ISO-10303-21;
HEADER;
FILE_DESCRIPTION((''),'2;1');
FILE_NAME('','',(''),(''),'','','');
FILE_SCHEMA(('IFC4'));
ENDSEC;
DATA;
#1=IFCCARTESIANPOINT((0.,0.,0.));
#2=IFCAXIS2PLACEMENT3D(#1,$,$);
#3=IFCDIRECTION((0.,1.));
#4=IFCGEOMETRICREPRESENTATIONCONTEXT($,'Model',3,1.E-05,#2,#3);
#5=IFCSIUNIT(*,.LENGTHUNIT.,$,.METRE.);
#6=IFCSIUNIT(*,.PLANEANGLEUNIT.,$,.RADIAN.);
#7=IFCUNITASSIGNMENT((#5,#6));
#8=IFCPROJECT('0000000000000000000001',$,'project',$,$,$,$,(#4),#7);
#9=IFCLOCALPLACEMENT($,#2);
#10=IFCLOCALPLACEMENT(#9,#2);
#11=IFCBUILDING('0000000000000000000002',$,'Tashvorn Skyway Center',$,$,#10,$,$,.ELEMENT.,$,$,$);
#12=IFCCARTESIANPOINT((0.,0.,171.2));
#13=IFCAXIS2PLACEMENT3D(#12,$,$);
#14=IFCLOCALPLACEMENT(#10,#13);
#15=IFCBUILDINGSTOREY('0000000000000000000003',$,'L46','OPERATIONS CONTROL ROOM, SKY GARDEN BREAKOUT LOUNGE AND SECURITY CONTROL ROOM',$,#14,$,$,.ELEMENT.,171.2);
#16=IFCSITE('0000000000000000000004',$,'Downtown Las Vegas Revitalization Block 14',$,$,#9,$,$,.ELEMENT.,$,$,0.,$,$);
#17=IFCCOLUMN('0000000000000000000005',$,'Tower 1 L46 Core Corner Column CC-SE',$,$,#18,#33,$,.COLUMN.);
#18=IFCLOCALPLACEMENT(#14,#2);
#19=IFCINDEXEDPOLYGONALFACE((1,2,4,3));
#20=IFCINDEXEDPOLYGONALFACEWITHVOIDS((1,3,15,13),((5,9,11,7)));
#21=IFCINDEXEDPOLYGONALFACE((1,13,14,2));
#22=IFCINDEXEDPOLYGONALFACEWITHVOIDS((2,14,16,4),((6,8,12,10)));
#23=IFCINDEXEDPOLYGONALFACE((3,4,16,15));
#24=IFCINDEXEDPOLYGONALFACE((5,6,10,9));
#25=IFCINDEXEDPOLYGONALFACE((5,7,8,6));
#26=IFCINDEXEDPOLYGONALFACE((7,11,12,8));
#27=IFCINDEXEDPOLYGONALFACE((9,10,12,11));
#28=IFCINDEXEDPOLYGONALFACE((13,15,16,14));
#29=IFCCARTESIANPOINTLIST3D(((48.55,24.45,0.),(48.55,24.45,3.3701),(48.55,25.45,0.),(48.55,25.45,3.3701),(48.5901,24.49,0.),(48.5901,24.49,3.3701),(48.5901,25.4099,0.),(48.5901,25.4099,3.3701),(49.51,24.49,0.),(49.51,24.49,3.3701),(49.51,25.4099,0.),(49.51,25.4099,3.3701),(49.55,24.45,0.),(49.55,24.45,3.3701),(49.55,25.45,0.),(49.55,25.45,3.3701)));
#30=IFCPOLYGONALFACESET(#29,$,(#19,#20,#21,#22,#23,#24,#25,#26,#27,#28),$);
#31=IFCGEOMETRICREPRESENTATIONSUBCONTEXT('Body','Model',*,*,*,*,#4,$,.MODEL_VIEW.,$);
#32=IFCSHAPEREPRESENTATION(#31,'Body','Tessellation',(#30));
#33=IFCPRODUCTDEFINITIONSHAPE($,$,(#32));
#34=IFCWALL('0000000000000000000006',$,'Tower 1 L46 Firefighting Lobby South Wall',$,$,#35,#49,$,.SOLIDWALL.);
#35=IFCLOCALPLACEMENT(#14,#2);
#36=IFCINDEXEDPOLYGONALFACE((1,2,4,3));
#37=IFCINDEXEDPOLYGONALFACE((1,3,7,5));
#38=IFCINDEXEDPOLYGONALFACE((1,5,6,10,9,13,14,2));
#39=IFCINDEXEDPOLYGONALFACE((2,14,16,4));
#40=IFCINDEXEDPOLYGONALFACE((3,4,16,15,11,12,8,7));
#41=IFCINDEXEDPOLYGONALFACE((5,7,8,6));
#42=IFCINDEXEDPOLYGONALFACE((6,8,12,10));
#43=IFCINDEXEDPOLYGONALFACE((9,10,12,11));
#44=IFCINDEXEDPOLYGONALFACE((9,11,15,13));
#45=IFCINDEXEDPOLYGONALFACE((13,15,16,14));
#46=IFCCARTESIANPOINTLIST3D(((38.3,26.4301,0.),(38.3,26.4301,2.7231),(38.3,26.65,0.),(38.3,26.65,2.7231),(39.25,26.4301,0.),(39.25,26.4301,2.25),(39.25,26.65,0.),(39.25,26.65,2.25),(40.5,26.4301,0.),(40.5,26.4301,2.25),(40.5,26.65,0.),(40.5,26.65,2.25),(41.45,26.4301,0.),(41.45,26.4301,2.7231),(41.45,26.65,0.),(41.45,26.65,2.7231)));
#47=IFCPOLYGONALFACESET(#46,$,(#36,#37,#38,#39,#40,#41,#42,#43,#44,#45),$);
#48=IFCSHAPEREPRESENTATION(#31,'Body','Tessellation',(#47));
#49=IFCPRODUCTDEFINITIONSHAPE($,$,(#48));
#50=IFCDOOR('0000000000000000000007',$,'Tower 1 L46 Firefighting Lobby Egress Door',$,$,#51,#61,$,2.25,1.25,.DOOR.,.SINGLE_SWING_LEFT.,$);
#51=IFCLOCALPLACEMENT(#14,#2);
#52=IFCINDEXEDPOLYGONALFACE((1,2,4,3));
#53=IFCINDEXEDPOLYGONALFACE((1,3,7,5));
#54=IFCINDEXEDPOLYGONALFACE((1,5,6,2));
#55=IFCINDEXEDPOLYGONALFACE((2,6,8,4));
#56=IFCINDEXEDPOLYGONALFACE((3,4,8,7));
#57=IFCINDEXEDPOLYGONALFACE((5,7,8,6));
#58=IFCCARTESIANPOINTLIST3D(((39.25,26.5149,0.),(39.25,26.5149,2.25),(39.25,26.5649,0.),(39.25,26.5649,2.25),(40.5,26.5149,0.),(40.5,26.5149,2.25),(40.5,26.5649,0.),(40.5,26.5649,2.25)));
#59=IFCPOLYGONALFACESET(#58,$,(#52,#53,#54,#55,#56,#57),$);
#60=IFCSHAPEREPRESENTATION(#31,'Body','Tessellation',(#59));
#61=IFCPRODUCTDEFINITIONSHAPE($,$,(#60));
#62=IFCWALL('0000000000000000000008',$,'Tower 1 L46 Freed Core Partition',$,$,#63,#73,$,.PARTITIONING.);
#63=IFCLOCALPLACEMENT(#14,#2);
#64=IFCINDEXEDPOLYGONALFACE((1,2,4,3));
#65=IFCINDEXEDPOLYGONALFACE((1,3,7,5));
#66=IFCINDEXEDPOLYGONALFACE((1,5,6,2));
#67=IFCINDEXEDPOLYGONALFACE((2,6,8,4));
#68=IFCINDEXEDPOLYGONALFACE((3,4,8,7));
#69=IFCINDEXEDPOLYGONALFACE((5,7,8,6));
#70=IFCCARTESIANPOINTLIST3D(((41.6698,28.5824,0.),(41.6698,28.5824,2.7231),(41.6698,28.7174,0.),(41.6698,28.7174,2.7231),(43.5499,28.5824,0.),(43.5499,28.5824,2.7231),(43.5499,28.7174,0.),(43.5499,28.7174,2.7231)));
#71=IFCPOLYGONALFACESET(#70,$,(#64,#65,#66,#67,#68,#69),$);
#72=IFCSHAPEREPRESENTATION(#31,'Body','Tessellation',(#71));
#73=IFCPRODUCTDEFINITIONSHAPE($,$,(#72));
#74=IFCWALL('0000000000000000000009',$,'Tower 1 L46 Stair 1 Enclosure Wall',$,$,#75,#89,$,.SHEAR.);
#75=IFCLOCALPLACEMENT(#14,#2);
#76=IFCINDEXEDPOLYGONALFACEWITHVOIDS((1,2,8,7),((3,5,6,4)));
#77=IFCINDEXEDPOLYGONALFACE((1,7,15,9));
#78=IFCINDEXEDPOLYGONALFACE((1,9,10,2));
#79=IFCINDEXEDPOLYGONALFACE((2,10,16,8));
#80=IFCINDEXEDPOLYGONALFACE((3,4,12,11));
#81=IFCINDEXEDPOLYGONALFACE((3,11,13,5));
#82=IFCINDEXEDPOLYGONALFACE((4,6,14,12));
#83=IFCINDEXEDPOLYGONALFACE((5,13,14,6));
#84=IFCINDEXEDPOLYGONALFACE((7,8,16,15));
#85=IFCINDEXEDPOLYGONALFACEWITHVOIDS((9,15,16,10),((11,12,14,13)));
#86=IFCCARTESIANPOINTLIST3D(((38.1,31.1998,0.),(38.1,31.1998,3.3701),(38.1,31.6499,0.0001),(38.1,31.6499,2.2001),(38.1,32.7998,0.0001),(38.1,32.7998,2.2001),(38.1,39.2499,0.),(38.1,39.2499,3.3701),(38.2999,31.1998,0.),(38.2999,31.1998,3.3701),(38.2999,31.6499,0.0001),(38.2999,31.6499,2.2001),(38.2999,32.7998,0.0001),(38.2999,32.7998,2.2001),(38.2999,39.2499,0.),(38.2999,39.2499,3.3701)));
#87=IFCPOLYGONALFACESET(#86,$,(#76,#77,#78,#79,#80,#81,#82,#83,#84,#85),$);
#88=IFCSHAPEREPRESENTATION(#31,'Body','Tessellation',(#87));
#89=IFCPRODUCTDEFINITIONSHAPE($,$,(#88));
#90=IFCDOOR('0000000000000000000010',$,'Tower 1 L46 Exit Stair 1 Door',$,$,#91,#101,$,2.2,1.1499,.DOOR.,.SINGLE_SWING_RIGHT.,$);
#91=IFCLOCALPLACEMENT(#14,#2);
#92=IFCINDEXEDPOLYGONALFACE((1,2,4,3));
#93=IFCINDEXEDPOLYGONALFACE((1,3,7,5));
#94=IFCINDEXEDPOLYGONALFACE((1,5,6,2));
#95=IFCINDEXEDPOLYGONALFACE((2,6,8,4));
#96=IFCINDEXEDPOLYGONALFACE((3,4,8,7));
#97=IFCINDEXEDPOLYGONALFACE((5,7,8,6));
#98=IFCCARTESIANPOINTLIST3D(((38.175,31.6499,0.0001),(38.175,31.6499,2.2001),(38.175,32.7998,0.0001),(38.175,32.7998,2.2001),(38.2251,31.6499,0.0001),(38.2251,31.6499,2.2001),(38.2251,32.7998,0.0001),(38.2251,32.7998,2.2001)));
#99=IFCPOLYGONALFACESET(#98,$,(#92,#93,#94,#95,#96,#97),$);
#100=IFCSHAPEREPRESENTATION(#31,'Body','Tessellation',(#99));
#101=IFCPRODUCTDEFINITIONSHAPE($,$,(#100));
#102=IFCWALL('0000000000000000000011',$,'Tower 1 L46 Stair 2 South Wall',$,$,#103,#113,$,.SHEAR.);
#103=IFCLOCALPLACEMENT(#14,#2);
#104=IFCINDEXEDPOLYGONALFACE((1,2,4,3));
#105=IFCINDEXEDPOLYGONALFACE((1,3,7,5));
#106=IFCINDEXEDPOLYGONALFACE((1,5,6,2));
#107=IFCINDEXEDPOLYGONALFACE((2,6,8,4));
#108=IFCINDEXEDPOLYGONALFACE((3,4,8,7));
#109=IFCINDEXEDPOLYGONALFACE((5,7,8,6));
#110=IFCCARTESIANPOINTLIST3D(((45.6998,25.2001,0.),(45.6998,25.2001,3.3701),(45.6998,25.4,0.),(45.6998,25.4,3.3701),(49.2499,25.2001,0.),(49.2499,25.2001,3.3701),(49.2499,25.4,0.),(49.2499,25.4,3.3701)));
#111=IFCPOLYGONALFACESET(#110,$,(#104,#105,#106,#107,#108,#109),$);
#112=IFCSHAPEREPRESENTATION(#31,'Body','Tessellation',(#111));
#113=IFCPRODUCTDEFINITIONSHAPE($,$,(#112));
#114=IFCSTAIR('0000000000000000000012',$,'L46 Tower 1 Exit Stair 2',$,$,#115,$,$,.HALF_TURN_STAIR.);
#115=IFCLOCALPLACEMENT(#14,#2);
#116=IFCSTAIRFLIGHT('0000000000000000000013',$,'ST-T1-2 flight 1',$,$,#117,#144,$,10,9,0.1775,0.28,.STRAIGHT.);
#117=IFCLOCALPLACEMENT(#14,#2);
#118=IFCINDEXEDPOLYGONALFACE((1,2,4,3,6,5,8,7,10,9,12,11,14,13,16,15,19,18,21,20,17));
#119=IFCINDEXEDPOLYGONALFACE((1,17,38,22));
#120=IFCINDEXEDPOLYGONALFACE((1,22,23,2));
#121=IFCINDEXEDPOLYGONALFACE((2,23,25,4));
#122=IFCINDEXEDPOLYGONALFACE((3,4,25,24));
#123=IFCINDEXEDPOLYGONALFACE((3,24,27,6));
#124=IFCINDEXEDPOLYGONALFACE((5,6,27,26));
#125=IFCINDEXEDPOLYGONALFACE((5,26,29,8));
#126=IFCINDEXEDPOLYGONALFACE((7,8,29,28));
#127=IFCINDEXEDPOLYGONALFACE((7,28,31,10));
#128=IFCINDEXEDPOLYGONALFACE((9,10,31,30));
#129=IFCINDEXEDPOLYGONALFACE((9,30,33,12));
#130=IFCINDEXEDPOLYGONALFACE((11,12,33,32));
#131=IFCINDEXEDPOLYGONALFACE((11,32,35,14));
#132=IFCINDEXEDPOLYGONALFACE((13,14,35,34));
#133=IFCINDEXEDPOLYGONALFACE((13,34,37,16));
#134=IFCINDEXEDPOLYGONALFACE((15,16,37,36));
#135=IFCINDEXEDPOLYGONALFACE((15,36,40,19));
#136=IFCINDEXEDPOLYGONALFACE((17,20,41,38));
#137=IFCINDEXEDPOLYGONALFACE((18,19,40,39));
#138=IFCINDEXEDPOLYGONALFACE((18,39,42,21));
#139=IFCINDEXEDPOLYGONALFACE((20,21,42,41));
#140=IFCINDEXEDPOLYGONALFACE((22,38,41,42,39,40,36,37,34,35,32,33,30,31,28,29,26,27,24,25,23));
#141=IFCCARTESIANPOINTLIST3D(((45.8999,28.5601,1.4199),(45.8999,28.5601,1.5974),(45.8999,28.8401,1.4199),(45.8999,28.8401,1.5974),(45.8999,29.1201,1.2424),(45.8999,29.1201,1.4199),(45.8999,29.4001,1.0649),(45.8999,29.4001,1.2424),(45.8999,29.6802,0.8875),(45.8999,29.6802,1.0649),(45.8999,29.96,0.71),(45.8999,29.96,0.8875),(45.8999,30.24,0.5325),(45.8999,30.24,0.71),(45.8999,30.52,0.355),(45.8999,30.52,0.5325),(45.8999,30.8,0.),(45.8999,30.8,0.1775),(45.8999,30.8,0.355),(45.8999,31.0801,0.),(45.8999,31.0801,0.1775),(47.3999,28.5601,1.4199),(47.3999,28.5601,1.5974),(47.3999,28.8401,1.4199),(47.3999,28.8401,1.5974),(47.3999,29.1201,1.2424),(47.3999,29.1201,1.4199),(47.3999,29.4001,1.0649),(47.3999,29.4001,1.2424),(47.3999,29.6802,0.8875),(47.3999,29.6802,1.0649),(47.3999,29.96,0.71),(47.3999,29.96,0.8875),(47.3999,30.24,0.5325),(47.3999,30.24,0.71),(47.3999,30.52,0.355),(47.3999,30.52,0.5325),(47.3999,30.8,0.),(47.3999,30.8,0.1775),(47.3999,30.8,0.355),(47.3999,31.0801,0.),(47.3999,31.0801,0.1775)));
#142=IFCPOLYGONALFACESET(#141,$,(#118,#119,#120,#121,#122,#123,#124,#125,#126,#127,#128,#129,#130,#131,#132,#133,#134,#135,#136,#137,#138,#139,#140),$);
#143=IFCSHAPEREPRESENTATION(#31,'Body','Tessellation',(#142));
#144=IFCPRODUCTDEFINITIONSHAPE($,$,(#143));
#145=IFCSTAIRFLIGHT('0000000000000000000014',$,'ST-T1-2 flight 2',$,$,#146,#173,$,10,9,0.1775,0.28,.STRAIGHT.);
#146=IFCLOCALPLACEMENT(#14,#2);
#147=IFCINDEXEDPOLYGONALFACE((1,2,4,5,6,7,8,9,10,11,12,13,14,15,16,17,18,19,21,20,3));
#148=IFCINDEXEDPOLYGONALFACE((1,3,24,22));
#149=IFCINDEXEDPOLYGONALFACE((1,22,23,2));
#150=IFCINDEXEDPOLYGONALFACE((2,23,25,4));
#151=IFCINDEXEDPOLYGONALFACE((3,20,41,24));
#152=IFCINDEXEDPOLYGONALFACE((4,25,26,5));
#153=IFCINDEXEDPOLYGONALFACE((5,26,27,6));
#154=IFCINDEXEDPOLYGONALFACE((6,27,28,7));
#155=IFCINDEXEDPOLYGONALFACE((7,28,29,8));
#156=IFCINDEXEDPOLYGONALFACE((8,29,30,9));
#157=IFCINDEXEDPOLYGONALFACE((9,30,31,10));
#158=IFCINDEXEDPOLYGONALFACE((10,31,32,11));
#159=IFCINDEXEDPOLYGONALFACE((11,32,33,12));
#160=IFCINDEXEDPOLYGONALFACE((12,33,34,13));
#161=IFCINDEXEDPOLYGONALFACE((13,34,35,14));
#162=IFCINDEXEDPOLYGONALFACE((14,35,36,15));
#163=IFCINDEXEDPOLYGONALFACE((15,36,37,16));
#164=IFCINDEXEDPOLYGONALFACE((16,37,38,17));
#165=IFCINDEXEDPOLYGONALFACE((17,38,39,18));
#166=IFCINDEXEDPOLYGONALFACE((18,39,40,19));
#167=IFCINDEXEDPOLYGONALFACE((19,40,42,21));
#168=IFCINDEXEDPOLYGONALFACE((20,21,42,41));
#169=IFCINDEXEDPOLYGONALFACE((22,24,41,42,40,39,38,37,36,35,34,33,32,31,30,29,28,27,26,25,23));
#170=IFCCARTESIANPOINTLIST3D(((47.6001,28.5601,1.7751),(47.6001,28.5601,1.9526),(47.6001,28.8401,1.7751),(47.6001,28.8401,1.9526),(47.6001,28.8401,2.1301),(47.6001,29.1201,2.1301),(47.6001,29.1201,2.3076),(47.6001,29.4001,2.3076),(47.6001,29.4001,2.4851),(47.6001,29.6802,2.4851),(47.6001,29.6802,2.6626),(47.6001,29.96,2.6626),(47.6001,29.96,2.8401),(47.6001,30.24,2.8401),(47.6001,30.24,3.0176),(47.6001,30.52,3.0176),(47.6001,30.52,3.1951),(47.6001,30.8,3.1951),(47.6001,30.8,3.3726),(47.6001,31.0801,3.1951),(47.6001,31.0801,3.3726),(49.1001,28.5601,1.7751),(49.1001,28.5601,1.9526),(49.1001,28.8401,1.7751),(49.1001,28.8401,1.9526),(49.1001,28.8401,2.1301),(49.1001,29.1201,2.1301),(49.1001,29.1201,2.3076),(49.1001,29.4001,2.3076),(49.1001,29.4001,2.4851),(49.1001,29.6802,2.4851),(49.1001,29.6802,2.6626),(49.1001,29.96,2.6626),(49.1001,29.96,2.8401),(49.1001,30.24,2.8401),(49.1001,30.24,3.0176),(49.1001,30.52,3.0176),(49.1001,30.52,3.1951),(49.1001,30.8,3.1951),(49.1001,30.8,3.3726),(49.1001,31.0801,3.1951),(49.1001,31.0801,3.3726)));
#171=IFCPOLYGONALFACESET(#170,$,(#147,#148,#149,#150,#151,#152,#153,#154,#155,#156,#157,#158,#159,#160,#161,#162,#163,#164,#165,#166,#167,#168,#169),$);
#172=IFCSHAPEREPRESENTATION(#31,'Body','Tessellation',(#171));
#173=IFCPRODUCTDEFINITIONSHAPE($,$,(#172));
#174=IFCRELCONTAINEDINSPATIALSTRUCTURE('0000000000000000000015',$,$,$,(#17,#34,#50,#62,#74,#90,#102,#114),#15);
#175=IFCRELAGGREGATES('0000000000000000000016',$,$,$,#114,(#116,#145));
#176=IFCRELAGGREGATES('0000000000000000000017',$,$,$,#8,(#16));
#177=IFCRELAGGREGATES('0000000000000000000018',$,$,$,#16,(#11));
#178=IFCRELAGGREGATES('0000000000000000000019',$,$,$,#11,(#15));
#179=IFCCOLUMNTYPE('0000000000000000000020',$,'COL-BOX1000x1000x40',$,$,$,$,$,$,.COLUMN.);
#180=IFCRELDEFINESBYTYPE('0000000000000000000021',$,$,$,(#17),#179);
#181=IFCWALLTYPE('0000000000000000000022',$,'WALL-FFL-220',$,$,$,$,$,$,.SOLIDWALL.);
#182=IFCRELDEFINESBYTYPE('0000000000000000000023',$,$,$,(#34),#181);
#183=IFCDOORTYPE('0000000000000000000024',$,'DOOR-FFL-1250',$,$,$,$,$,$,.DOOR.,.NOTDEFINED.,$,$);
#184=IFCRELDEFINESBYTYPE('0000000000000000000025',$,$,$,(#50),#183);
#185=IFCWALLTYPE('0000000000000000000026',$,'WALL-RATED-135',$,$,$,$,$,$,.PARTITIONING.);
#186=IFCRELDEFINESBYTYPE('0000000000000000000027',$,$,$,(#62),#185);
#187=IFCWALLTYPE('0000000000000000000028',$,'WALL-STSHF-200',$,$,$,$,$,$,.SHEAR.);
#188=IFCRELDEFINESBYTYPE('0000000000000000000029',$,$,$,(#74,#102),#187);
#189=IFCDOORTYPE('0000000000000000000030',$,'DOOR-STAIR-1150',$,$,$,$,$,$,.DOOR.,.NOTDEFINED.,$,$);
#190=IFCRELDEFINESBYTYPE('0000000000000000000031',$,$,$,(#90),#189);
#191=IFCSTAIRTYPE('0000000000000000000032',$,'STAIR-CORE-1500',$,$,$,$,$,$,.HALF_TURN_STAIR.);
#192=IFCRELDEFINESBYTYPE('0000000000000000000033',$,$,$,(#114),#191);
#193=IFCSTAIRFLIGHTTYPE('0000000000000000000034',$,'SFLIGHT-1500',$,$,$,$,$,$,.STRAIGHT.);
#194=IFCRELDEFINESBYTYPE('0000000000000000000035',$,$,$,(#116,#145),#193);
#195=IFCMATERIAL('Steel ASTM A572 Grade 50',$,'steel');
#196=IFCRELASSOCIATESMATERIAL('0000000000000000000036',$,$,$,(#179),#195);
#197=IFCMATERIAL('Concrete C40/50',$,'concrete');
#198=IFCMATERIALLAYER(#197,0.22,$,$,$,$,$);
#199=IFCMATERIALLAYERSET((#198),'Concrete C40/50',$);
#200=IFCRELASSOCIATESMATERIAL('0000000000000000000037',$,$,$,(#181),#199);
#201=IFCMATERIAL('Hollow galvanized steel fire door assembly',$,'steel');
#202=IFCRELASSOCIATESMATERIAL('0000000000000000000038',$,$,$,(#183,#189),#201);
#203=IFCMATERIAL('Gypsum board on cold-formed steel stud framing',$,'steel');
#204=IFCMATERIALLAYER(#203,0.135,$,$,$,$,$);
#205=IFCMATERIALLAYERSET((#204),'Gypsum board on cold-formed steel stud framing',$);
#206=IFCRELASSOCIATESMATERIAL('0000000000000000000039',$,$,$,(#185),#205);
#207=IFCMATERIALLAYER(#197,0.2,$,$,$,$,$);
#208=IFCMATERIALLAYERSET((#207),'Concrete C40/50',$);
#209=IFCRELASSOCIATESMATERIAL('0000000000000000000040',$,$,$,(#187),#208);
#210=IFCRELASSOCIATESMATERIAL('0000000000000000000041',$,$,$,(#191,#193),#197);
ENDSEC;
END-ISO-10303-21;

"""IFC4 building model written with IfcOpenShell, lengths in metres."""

from ifc_helpers import new_model, si_unit, direction, frame, frame_2d, origin, origin_2d, place, context, subcontext, project, spatial, polyline, rectangle, hollow_rectangle, outline, extrude, material, layer, layer_set, material_profile, profile_set, type_object, element, fill, aggregate, save


model = new_model("IFC4")

# Units and contexts
model_context = context("Model", 3, precision=1e-05, world=origin(), true_north=direction((0.0, 1.0)))
body_context = subcontext(model_context, "Body", "Model", "MODEL_VIEW")
ifc_project = project(units=[si_unit("LENGTHUNIT", "METRE"), si_unit("PLANEANGLEUNIT", "RADIAN")], contexts=[model_context])

# Site, building, storey
site_placement = place(None, origin())
site = spatial("IfcSite", under=ifc_project, at=site_placement, Name="Downtown Las Vegas Revitalization Block 14", CompositionType="ELEMENT", RefElevation=0.0)
building_placement = place(site_placement, origin())
building = spatial("IfcBuilding", under=site, at=building_placement, Name="Tashvorn Skyway Center", CompositionType="ELEMENT")
storey_placement = place(building_placement, frame((0.0, 0.0, 171.2)))
storey = spatial("IfcBuildingStorey", under=building, at=storey_placement, Name="L46", Description="OPERATIONS CONTROL ROOM, SKY GARDEN BREAKOUT LOUNGE AND SECURITY CONTROL ROOM", CompositionType="ELEMENT", Elevation=171.2)

# Column
ifc_material_1 = material(Name="Steel ASTM A572 Grade 50", Category="steel")
ifc_material_profile = material_profile(ifc_material_1, hollow_rectangle(XDim=1.0, YDim=1.0, WallThickness=0.04, at=origin_2d()), Name="BOX1000x1000x40")
ifc_profile_set = profile_set([ifc_material_profile], Name="Steel ASTM A572 Grade 50")
column_type = type_object("IfcColumnType", Name="COL-BOX1000x1000x40", PredefinedType="COLUMN", material=ifc_profile_set)
column_placement = place(storey_placement, frame((49.05, 24.95, 0.0), z_axis=(0.0, 0.0, 1.0), x_axis=(1.0, 0.0, 0.0)))
element("IfcColumn", 1, at=column_placement, inside=storey, type_object=column_type, Name="Tower 1 L46 Core Corner Column CC-SE", PredefinedType="COLUMN", context=body_context, shape_type="SweptSolid", body=[
    extrude(hollow_rectangle(XDim=1.0, YDim=1.0, WallThickness=0.04, at=origin_2d()), origin(), (0.0, 0.0, 1.0), 3.3701),
])

# Wall, opening, door
ifc_material_2 = material(Name="Concrete C40/50", Category="concrete")
ifc_layer_1 = layer(ifc_material_2, 0.22)
ifc_layer_set_1 = layer_set([ifc_layer_1], Name="Concrete C40/50")
wall_type_1 = type_object("IfcWallType", Name="WALL-FFL-220", PredefinedType="SOLIDWALL", material=ifc_layer_set_1)
wall_1_placement = place(storey_placement, frame((38.3, 26.54, 0.0), z_axis=(0.0, 0.0, 1.0), x_axis=(1.0, 0.0, 0.0)))
wall_1 = element("IfcWall", 2, at=wall_1_placement, inside=storey, type_object=wall_type_1, Name="Tower 1 L46 Firefighting Lobby South Wall", PredefinedType="SOLIDWALL", context=body_context, shape_type="SweptSolid", body=[
    extrude(rectangle(XDim=3.1499, YDim=0.22, at=frame_2d((1.575, 0.0))), origin(), (0.0, 0.0, 1.0), 2.7231),
])
opening_1_placement = place(wall_1_placement, frame((0.95, 0.0, 0.0)))
opening_1 = element("IfcOpeningElement", 3, at=opening_1_placement, cuts=wall_1, PredefinedType="OPENING", context=body_context, shape_type="SweptSolid", body=[
    extrude(rectangle(XDim=1.25, YDim=2.25, at=frame_2d((0.625, 1.125))), frame((0.0, 0.1199, 0.0), z_axis=(0.0, -1.0, 0.0), x_axis=(1.0, 0.0, 0.0)), (0.0, 0.0, 1.0), 0.24),
])
ifc_material_3 = material(Name="Hollow galvanized steel fire door assembly", Category="steel")
door_type_1 = type_object("IfcDoorType", Name="DOOR-FFL-1250", OperationType="NOTDEFINED", PredefinedType="DOOR", material=ifc_material_3)
door_1_placement = place(opening_1_placement, origin())
door_1 = element("IfcDoor", 4, at=door_1_placement, inside=storey, type_object=door_type_1, Name="Tower 1 L46 Firefighting Lobby Egress Door", OperationType="SINGLE_SWING_LEFT", OverallHeight=2.25, OverallWidth=1.25, PredefinedType="DOOR", context=body_context, shape_type="SweptSolid", body=[
    extrude(rectangle(XDim=1.25, YDim=2.25, at=frame_2d((0.625, 1.125))), frame((0.0, 0.0249, 0.0), z_axis=(0.0, -1.0, 0.0), x_axis=(1.0, 0.0, 0.0)), (0.0, 0.0, 1.0), 0.05),
])
fill(opening_1, door_1)

# Wall
ifc_material_4 = material(Name="Gypsum board on cold-formed steel stud framing", Category="steel")
ifc_layer_2 = layer(ifc_material_4, 0.135)
ifc_layer_set_2 = layer_set([ifc_layer_2], Name="Gypsum board on cold-formed steel stud framing")
wall_type_2 = type_object("IfcWallType", Name="WALL-RATED-135", PredefinedType="PARTITIONING", material=ifc_layer_set_2)
wall_2_placement = place(storey_placement, frame((41.6699, 28.6499, 0.0), z_axis=(0.0, 0.0, 1.0), x_axis=(1.0, 0.0, 0.0)))
element("IfcWall", 5, at=wall_2_placement, inside=storey, type_object=wall_type_2, Name="Tower 1 L46 Freed Core Partition", PredefinedType="PARTITIONING", context=body_context, shape_type="SweptSolid", body=[
    extrude(rectangle(XDim=1.8801, YDim=0.135, at=frame_2d((0.9399, 0.0))), origin(), (0.0, 0.0, 1.0), 2.7231),
])

# Wall, opening, door
ifc_layer_3 = layer(ifc_material_2, 0.2)
ifc_layer_set_3 = layer_set([ifc_layer_3], Name="Concrete C40/50")
wall_type_3 = type_object("IfcWallType", Name="WALL-STSHF-200", PredefinedType="SHEAR", material=ifc_layer_set_3)
wall_3_placement = place(storey_placement, frame((38.2, 31.2, 0.0), z_axis=(0.0, 0.0, 1.0), x_axis=(0.0, 1.0, 0.0)))
wall_3 = element("IfcWall", 6, at=wall_3_placement, inside=storey, type_object=wall_type_3, Name="Tower 1 L46 Stair 1 Enclosure Wall", PredefinedType="SHEAR", context=body_context, shape_type="SweptSolid", body=[
    extrude(rectangle(XDim=8.05, YDim=0.2, at=frame_2d((4.0249, 0.0))), origin(), (0.0, 0.0, 1.0), 3.3701),
])
opening_2_placement = place(wall_3_placement, frame((0.45, 0.0, 0.0)))
opening_2 = element("IfcOpeningElement", 7, at=opening_2_placement, cuts=wall_3, PredefinedType="OPENING", context=body_context, shape_type="SweptSolid", body=[
    extrude(rectangle(XDim=1.1499, YDim=2.2, at=frame_2d((0.575, 1.1001))), frame((0.0, 0.1099, 0.0), z_axis=(0.0, -1.0, 0.0), x_axis=(1.0, 0.0, 0.0)), (0.0, 0.0, 1.0), 0.22),
])
door_type_2 = type_object("IfcDoorType", Name="DOOR-STAIR-1150", OperationType="NOTDEFINED", PredefinedType="DOOR", material=ifc_material_3)
door_2_placement = place(opening_2_placement, origin())
door_2 = element("IfcDoor", 8, at=door_2_placement, inside=storey, type_object=door_type_2, Name="Tower 1 L46 Exit Stair 1 Door", OperationType="SINGLE_SWING_RIGHT", OverallHeight=2.2, OverallWidth=1.1499, PredefinedType="DOOR", context=body_context, shape_type="SweptSolid", body=[
    extrude(rectangle(XDim=1.1499, YDim=2.2, at=frame_2d((0.575, 1.1001))), frame((0.0, 0.0249, 0.0), z_axis=(0.0, -1.0, 0.0), x_axis=(1.0, 0.0, 0.0)), (0.0, 0.0, 1.0), 0.05),
])
fill(opening_2, door_2)

# Wall
wall_4_placement = place(storey_placement, frame((45.7, 25.3, 0.0), z_axis=(0.0, 0.0, 1.0), x_axis=(1.0, 0.0, 0.0)))
element("IfcWall", 9, at=wall_4_placement, inside=storey, type_object=wall_type_3, Name="Tower 1 L46 Stair 2 South Wall", PredefinedType="SHEAR", context=body_context, shape_type="SweptSolid", body=[
    extrude(rectangle(XDim=3.55, YDim=0.2, at=frame_2d((1.7749, 0.0))), origin(), (0.0, 0.0, 1.0), 3.3701),
])

# Stair, stair flights
stair_type = type_object("IfcStairType", Name="STAIR-CORE-1500", PredefinedType="HALF_TURN_STAIR", material=ifc_material_2)
stair_placement = place(storey_placement, origin())
stair = element("IfcStair", 10, at=stair_placement, inside=storey, type_object=stair_type, Name="L46 Tower 1 Exit Stair 2", PredefinedType="HALF_TURN_STAIR")
stair_flight_type = type_object("IfcStairFlightType", Name="SFLIGHT-1500", PredefinedType="STRAIGHT", material=ifc_material_2)
stair_flight_1_placement = place(storey_placement, frame((46.6499, 31.0801, 0.0), z_axis=(0.0, 0.0, 1.0), x_axis=(0.0, -1.0, 0.0)))
stair_flight_1 = element("IfcStairFlight", 11, at=stair_flight_1_placement, type_object=stair_flight_type, Name="ST-T1-2 flight 1", NumberOfRisers=10, NumberOfTreads=9, PredefinedType="STRAIGHT", RiserHeight=0.1775, TreadLength=0.28, context=body_context, shape_type="SweptSolid", body=[
    extrude(outline(polyline([(0.0, 0.0), (0.0, 0.1775), (0.28, 0.1775), (0.28, 0.355), (0.5601, 0.355), (0.5601, 0.5325), (0.8401, 0.5325), (0.8401, 0.71), (1.1201, 0.71), (1.1201, 0.8875), (1.3999, 0.8875), (1.3999, 1.0649), (1.6799, 1.0649), (1.6799, 1.2424), (1.96, 1.2424), (1.96, 1.4199), (2.24, 1.4199), (2.24, 1.5974), (2.52, 1.5974), (2.52, 1.7749), (2.52, 1.4199), (0.28, 0.0), (0.0, 0.0)])), frame((0.0, 0.75, 0.0), z_axis=(0.0, -1.0, 0.0), x_axis=(1.0, 0.0, 0.0)), (0.0, 0.0, 1.0), 1.5),
])
stair_flight_2_placement = place(storey_placement, frame((48.3501, 28.5601, 1.7751), z_axis=(0.0, 0.0, 1.0), x_axis=(0.0, 1.0, 0.0)))
stair_flight_2 = element("IfcStairFlight", 12, at=stair_flight_2_placement, type_object=stair_flight_type, Name="ST-T1-2 flight 2", NumberOfRisers=10, NumberOfTreads=9, PredefinedType="STRAIGHT", RiserHeight=0.1775, TreadLength=0.28, context=body_context, shape_type="SweptSolid", body=[
    extrude(outline(polyline([(0.0, 0.0), (0.0, 0.1775), (0.28, 0.1775), (0.28, 0.355), (0.5601, 0.355), (0.5601, 0.5325), (0.8401, 0.5325), (0.8401, 0.71), (1.1201, 0.71), (1.1201, 0.8875), (1.3999, 0.8875), (1.3999, 1.0649), (1.6799, 1.0649), (1.6799, 1.2424), (1.96, 1.2424), (1.96, 1.4199), (2.24, 1.4199), (2.24, 1.5974), (2.52, 1.5974), (2.52, 1.7749), (2.52, 1.4199), (0.28, 0.0), (0.0, 0.0)])), frame((0.0, 0.75, 0.0), z_axis=(0.0, -1.0, 0.0), x_axis=(1.0, 0.0, 0.0)), (0.0, 0.0, 1.0), 1.5),
])
aggregate(stair, [stair_flight_1, stair_flight_2])

save(model, "model.ifc")
